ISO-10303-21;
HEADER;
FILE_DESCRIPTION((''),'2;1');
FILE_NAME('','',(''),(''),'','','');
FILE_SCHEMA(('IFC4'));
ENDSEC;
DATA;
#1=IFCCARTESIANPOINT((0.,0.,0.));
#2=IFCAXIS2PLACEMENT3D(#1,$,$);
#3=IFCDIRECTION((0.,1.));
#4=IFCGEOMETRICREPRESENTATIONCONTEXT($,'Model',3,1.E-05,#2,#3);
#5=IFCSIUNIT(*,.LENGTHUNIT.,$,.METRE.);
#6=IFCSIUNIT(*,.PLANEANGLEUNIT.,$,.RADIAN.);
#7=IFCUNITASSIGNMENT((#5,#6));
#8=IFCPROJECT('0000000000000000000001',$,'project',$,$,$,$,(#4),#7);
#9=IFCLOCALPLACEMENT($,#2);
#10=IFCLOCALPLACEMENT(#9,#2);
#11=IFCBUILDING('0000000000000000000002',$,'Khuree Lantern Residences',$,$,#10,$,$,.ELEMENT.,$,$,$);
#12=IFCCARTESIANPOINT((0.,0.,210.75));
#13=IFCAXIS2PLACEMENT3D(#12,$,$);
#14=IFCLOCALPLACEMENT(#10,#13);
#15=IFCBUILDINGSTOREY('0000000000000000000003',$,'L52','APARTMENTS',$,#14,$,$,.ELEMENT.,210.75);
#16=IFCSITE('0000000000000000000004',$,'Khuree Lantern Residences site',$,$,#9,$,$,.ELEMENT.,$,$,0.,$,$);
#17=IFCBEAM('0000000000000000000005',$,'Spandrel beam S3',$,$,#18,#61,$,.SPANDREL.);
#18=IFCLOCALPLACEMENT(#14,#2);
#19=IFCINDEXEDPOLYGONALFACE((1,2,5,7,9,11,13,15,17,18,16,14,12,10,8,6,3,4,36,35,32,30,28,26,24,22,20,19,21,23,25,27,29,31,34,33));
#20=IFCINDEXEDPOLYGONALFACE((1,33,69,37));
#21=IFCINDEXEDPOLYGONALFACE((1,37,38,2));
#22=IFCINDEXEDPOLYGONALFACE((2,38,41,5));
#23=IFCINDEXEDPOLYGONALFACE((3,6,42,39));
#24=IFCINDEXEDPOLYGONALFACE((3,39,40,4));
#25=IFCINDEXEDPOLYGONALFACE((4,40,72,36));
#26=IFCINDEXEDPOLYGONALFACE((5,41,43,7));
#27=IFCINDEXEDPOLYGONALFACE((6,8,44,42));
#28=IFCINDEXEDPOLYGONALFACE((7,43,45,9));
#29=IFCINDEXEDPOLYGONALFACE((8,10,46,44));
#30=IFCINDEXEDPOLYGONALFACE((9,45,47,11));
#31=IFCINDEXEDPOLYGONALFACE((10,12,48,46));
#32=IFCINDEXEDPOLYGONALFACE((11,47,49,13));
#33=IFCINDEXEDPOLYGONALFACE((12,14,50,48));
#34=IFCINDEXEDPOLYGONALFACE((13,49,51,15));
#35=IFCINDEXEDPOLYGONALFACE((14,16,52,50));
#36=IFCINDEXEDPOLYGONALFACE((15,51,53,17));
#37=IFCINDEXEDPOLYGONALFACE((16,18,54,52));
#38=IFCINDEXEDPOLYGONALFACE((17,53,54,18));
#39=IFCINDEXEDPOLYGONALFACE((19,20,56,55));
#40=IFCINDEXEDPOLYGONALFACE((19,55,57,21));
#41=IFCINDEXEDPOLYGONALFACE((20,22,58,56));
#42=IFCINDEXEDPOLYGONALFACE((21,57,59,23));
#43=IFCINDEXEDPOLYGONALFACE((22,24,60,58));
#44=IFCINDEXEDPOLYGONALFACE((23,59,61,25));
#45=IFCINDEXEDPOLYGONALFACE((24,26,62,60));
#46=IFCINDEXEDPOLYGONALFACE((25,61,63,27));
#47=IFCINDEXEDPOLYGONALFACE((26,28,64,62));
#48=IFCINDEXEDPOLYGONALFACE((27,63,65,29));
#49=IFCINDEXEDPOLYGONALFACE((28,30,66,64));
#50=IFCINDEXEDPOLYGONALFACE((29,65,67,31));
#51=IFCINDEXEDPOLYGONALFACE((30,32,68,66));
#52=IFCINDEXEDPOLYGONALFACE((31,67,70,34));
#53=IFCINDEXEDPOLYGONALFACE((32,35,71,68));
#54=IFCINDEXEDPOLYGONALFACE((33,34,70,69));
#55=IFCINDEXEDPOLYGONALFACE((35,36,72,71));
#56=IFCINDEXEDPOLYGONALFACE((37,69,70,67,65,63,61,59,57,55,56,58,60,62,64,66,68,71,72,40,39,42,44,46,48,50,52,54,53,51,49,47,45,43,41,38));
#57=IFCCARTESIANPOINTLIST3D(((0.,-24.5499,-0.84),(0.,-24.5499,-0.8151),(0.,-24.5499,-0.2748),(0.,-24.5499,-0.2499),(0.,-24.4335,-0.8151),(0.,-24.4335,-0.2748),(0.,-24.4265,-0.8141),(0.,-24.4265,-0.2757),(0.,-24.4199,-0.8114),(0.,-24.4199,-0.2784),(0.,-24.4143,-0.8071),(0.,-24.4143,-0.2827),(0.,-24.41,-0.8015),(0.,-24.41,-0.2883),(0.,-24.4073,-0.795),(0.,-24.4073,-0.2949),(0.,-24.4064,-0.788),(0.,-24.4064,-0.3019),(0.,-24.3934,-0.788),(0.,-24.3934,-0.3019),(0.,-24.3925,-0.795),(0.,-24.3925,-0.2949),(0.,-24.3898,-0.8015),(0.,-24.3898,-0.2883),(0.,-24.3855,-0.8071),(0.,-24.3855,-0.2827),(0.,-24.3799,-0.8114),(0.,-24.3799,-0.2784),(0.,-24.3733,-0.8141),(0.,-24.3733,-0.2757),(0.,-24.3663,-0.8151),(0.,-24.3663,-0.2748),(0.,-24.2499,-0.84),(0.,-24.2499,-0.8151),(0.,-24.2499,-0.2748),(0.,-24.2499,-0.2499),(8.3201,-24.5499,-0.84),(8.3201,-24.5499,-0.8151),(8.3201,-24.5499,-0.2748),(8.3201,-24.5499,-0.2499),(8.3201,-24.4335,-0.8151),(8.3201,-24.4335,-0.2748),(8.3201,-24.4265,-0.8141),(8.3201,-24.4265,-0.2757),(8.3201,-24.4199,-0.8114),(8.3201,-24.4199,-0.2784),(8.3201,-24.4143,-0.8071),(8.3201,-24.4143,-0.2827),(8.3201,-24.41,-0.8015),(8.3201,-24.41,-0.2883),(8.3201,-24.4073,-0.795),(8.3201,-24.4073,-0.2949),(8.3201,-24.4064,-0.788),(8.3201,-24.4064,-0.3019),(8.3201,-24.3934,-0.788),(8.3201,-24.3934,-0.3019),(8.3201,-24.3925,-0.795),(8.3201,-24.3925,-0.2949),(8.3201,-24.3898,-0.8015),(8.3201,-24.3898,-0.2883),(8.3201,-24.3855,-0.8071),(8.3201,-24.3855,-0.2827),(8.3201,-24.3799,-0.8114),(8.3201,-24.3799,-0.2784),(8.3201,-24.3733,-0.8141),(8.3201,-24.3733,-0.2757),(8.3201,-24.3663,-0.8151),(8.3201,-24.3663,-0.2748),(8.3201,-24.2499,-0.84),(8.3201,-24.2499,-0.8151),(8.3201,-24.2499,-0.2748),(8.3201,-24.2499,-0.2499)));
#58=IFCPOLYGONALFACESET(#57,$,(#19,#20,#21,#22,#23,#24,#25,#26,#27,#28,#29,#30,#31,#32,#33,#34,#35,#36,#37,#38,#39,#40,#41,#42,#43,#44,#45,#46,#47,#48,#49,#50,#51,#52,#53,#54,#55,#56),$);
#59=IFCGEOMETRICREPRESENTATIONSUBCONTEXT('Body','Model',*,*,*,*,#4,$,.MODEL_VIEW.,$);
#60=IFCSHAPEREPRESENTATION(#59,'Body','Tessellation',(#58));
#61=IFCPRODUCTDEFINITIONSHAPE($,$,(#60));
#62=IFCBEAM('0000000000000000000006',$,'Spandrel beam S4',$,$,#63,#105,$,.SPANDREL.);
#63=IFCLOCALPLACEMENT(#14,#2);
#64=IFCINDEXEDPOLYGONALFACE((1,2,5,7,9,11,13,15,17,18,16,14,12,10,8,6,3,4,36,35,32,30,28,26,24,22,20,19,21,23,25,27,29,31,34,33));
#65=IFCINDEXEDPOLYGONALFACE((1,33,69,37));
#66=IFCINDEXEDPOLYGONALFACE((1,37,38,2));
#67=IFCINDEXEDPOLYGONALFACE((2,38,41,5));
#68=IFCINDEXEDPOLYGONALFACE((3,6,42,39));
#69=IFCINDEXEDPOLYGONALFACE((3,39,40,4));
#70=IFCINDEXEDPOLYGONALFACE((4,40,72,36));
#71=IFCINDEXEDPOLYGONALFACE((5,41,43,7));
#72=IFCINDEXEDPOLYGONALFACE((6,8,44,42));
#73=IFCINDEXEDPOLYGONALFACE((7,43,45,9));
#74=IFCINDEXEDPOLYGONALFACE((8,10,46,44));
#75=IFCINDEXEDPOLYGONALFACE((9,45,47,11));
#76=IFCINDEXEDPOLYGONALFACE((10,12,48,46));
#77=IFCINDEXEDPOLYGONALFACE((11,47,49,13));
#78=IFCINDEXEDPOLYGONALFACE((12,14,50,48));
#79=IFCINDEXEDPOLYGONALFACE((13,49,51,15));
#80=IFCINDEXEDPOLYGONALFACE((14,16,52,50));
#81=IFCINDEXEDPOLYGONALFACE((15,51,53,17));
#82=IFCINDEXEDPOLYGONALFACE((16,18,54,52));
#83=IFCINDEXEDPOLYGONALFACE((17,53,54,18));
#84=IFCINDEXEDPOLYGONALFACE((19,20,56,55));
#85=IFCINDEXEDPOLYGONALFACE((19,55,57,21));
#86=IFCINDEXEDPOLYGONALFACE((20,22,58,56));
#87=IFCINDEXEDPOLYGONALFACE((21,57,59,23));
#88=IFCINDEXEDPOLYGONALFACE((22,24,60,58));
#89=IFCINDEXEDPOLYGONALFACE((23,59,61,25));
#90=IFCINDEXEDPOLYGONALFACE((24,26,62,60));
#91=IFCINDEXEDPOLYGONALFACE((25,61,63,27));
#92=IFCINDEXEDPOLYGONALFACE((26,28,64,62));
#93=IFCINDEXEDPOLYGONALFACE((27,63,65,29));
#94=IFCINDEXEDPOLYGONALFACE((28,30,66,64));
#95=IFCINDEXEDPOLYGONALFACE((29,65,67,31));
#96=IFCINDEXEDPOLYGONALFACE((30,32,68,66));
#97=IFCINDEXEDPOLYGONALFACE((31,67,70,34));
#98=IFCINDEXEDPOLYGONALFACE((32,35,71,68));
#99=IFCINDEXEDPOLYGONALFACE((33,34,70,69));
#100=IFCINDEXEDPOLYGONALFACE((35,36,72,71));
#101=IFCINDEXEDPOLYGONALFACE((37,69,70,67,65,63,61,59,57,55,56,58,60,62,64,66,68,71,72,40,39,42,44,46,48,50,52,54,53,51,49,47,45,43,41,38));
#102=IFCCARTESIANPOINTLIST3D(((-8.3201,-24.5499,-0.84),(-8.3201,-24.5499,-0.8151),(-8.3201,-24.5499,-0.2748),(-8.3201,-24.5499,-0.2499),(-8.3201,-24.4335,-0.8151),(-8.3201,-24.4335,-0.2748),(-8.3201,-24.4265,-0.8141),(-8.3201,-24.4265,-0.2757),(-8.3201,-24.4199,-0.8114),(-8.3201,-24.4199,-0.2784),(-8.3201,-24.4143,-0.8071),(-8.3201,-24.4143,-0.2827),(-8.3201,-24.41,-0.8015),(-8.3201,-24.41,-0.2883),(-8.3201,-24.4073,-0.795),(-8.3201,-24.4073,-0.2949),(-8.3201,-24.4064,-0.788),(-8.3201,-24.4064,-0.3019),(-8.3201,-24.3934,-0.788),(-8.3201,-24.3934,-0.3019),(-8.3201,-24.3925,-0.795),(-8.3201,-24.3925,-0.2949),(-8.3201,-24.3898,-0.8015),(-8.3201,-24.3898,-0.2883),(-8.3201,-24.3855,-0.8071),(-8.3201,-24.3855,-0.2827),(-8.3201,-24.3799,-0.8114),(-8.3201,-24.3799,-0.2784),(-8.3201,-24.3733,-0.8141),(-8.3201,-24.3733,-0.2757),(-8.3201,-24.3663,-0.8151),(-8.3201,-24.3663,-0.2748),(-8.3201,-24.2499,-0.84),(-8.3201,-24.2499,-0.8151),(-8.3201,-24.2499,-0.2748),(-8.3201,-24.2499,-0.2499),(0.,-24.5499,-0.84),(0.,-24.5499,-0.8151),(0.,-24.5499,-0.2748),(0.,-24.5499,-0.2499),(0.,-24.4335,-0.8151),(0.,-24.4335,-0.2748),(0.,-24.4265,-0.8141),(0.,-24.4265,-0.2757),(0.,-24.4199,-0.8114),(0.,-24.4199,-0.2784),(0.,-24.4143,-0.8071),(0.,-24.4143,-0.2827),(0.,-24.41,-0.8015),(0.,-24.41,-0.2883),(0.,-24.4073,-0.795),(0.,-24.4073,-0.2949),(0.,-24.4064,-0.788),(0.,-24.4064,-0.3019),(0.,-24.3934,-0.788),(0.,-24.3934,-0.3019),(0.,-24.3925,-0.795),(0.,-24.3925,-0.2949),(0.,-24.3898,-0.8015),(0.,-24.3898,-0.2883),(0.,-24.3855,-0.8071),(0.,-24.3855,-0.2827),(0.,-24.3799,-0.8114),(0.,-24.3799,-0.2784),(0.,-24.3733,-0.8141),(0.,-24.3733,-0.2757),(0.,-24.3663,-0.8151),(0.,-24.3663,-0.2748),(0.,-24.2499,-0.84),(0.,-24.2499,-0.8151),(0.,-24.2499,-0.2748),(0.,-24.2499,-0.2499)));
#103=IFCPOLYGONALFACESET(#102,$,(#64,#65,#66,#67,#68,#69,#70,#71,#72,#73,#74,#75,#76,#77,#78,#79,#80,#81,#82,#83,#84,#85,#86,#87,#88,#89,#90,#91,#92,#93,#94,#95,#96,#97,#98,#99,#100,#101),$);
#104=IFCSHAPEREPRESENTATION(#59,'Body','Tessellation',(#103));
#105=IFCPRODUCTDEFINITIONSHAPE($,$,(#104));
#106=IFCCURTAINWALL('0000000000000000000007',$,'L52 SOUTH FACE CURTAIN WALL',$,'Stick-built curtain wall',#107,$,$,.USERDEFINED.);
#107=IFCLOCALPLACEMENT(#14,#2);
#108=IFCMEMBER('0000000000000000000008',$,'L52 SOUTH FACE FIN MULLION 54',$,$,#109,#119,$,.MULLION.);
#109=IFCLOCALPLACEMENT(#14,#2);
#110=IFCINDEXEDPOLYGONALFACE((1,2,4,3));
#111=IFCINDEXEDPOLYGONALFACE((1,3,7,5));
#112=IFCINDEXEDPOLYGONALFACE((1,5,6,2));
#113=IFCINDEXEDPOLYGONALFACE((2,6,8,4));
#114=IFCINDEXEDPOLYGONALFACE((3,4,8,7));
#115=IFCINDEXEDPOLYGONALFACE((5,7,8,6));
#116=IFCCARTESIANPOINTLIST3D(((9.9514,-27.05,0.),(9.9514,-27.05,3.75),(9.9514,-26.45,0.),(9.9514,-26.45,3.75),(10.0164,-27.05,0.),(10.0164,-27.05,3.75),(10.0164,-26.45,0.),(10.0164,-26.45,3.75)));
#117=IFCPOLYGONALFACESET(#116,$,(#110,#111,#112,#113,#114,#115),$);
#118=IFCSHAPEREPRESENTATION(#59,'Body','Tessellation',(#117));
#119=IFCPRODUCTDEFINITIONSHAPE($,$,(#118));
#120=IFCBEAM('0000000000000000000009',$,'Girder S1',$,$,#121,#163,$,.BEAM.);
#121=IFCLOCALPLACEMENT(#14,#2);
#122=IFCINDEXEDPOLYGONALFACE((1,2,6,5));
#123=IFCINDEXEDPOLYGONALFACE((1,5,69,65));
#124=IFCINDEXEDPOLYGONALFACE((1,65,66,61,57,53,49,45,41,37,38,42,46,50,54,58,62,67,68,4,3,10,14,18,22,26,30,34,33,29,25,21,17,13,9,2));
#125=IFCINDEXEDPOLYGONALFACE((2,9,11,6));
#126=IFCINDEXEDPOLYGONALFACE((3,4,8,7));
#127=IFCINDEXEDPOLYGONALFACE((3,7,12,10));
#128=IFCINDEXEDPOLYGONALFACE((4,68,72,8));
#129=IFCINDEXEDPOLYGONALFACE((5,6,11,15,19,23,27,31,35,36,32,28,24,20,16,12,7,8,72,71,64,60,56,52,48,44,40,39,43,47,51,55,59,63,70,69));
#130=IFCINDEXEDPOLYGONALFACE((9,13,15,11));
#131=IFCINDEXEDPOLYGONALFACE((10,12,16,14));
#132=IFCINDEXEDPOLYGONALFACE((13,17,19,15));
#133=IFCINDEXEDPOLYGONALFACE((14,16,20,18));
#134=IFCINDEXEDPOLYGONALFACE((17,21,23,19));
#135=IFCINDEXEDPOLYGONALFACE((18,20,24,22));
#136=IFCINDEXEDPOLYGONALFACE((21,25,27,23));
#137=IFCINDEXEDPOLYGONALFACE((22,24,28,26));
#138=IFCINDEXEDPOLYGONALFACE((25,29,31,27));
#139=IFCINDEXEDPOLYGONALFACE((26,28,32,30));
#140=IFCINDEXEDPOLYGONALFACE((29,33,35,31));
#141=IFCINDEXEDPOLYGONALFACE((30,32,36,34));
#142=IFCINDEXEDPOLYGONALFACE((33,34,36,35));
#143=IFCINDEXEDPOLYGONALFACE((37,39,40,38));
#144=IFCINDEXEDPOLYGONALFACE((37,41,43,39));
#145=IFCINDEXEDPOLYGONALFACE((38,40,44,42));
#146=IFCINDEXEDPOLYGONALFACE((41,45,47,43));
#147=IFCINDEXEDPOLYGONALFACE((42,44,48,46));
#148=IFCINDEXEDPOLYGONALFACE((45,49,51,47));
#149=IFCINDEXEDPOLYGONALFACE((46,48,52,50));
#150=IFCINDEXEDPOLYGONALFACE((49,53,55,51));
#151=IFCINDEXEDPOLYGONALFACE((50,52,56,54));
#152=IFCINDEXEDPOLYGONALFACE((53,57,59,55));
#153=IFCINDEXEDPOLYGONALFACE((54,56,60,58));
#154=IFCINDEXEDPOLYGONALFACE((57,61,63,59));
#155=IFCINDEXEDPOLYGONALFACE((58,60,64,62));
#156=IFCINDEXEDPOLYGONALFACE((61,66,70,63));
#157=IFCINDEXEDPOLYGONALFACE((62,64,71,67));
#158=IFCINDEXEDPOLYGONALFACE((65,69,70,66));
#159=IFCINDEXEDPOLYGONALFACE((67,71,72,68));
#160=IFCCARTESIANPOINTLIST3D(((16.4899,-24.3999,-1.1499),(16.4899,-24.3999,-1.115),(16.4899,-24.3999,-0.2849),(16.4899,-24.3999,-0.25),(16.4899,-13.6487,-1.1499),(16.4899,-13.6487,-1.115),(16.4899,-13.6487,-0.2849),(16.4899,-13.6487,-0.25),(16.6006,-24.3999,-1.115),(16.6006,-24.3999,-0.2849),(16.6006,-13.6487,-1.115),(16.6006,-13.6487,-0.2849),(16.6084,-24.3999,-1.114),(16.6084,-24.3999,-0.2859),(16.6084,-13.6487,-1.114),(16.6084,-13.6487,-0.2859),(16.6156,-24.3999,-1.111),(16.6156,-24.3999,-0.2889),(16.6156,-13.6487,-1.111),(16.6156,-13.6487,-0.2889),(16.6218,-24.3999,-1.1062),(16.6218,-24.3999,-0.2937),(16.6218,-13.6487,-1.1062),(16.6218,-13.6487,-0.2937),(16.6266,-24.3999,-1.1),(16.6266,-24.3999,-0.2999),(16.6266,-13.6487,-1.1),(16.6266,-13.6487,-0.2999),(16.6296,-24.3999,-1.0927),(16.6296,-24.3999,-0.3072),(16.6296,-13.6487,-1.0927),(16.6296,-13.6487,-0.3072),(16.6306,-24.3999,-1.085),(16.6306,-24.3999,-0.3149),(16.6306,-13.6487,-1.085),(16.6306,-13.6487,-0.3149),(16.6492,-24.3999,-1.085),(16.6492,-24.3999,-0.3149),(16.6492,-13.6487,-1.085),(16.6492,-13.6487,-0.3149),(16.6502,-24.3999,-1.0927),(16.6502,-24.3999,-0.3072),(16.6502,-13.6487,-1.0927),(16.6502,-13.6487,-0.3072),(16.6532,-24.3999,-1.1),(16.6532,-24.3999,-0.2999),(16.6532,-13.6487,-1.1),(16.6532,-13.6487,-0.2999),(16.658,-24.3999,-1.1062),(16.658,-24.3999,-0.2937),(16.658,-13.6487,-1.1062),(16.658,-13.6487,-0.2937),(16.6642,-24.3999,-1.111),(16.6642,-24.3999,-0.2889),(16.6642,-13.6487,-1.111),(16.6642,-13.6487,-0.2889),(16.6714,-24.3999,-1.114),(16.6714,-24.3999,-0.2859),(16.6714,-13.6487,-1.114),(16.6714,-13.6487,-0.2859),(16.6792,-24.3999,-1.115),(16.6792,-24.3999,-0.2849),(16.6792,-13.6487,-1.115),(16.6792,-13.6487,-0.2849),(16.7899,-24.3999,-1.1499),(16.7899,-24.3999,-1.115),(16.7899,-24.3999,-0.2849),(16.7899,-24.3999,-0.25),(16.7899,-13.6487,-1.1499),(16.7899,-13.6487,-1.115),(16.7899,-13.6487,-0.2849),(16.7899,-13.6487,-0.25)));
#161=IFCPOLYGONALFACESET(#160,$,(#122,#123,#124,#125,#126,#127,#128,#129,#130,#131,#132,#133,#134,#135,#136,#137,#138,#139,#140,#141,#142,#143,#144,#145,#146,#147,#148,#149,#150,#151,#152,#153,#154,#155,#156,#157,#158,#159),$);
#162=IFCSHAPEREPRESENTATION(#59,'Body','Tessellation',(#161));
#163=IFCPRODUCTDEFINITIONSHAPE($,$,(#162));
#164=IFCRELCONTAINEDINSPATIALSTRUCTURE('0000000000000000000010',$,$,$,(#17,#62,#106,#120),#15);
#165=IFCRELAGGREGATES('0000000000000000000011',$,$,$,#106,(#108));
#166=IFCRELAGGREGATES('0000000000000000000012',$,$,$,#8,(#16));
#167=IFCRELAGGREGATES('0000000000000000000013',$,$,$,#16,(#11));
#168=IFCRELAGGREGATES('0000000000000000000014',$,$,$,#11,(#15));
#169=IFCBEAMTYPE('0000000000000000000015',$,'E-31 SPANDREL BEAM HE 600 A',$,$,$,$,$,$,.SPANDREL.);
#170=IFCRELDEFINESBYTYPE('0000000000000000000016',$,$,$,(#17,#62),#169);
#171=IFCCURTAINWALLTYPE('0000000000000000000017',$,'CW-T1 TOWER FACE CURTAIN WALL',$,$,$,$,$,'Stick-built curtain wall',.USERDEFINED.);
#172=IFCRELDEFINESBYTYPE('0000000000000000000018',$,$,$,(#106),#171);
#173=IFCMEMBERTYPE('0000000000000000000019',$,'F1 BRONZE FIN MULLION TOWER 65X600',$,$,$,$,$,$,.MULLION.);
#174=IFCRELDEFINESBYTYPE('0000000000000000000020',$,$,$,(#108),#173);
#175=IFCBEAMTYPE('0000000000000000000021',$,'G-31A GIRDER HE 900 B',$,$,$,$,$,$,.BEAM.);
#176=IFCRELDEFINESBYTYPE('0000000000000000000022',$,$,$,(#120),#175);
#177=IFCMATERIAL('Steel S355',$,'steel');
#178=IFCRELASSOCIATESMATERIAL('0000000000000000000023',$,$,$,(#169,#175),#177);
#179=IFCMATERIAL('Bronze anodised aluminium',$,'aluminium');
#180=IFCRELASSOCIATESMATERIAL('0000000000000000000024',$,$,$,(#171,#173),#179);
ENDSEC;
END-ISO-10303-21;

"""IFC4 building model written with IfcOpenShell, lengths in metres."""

from ifc_helpers import new_model, si_unit, direction, frame, origin, origin_2d, place, context, subcontext, project, spatial, rectangle, i_section, extrude, material, material_profile, profile_set, type_object, element, aggregate, save


model = new_model("IFC4")

# Units and contexts
model_context = context("Model", 3, precision=1e-05, world=origin(), true_north=direction((0.0, 1.0)))
body_context = subcontext(model_context, "Body", "Model", "MODEL_VIEW")
ifc_project = project(units=[si_unit("LENGTHUNIT", "METRE"), si_unit("PLANEANGLEUNIT", "RADIAN")], contexts=[model_context])

# Site, building, storey
site_placement = place(None, origin())
site = spatial("IfcSite", under=ifc_project, at=site_placement, Name="Khuree Lantern Residences site", CompositionType="ELEMENT", RefElevation=0.0)
building_placement = place(site_placement, origin())
building = spatial("IfcBuilding", under=site, at=building_placement, Name="Khuree Lantern Residences", CompositionType="ELEMENT")
storey_placement = place(building_placement, frame((0.0, 0.0, 210.75)))
storey = spatial("IfcBuildingStorey", under=building, at=storey_placement, Name="L52", Description="APARTMENTS", CompositionType="ELEMENT", Elevation=210.75)

# Beams
ifc_material_1 = material(Name="Steel S355", Category="steel")
ifc_material_profile_1 = material_profile(ifc_material_1, i_section(OverallWidth=0.3, OverallDepth=0.5901, WebThickness=0.0129, FlangeThickness=0.0249, FilletRadius=0.0271, at=origin_2d()), Name="HE 600 A")
ifc_profile_set_1 = profile_set([ifc_material_profile_1], Name="Steel S355")
beam_type_1 = type_object("IfcBeamType", Name="E-31 SPANDREL BEAM HE 600 A", PredefinedType="SPANDREL", material=ifc_profile_set_1)
for number, where, z_axis, x_axis, name in (
    (1, (8.3201, -24.3999, -0.5449), (-1.0, 0.0, 0.0), (0.0, -1.0, 0.0), "Spandrel beam S3"),
    (2, (0.0, -24.3999, -0.5449), (-1.0, 0.0, 0.0), (0.0, -1.0, 0.0), "Spandrel beam S4"),
):
    element("IfcBeam", number, at=place(storey_placement, frame(where, z_axis=z_axis, x_axis=x_axis)), inside=storey, type_object=beam_type_1, Name=name, PredefinedType="SPANDREL", context=body_context, shape_type="SweptSolid", body=[
        extrude(i_section(OverallWidth=0.3, OverallDepth=0.5901, WebThickness=0.0129, FlangeThickness=0.0249, FilletRadius=0.0271, at=origin_2d()), origin(), (0.0, 0.0, 1.0), 8.3201),
    ])

# Curtain wall, member
ifc_material_2 = material(Name="Bronze anodised aluminium", Category="aluminium")
curtain_wall_type = type_object("IfcCurtainWallType", Name="CW-T1 TOWER FACE CURTAIN WALL", ElementType="Stick-built curtain wall", PredefinedType="USERDEFINED", material=ifc_material_2)
curtain_wall_placement = place(storey_placement, origin())
curtain_wall = element("IfcCurtainWall", 3, at=curtain_wall_placement, inside=storey, type_object=curtain_wall_type, Name="L52 SOUTH FACE CURTAIN WALL", ObjectType="Stick-built curtain wall", PredefinedType="USERDEFINED")
ifc_material_profile_2 = material_profile(ifc_material_2, rectangle(XDim=0.0649, YDim=0.6001, at=origin_2d()), Name="F1 65X600")
ifc_profile_set_2 = profile_set([ifc_material_profile_2], Name="Bronze anodised aluminium")
member_type_1 = type_object("IfcMemberType", Name="F1 BRONZE FIN MULLION TOWER 65X600", PredefinedType="MULLION", material=ifc_profile_set_2)
member_1_placement = place(storey_placement, frame((9.9839, -26.75, 0.0), z_axis=(0.0, 0.0, 1.0), x_axis=(1.0, 0.0, 0.0)))
member_1 = element("IfcMember", 4, at=member_1_placement, type_object=member_type_1, Name="L52 SOUTH FACE FIN MULLION 54", PredefinedType="MULLION", context=body_context, shape_type="SweptSolid", body=[
    extrude(rectangle(XDim=0.0649, YDim=0.6001, at=origin_2d()), origin(), (0.0, 0.0, 1.0), 3.75),
])

# Beam
ifc_material_profile_3 = material_profile(ifc_material_1, i_section(OverallWidth=0.3, OverallDepth=0.8999, WebThickness=0.0186, FlangeThickness=0.0349, FilletRadius=0.03, at=origin_2d()), Name="HE 900 B")
ifc_profile_set_3 = profile_set([ifc_material_profile_3], Name="Steel S355")
beam_type_2 = type_object("IfcBeamType", Name="G-31A GIRDER HE 900 B", PredefinedType="BEAM", material=ifc_profile_set_3)
beam_1_placement = place(storey_placement, frame((16.6399, -24.3999, -0.7), z_axis=(0.0, 1.0, 0.0), x_axis=(-1.0, 0.0, 0.0)))
element("IfcBeam", 5, at=beam_1_placement, inside=storey, type_object=beam_type_2, Name="Girder S1", PredefinedType="BEAM", context=body_context, shape_type="SweptSolid", body=[
    extrude(i_section(OverallWidth=0.3, OverallDepth=0.8999, WebThickness=0.0186, FlangeThickness=0.0349, FilletRadius=0.03, at=origin_2d()), origin(), (0.0, 0.0, 1.0), 10.7512),
])

aggregate(curtain_wall, [member_1])

save(model, "model.ifc")
